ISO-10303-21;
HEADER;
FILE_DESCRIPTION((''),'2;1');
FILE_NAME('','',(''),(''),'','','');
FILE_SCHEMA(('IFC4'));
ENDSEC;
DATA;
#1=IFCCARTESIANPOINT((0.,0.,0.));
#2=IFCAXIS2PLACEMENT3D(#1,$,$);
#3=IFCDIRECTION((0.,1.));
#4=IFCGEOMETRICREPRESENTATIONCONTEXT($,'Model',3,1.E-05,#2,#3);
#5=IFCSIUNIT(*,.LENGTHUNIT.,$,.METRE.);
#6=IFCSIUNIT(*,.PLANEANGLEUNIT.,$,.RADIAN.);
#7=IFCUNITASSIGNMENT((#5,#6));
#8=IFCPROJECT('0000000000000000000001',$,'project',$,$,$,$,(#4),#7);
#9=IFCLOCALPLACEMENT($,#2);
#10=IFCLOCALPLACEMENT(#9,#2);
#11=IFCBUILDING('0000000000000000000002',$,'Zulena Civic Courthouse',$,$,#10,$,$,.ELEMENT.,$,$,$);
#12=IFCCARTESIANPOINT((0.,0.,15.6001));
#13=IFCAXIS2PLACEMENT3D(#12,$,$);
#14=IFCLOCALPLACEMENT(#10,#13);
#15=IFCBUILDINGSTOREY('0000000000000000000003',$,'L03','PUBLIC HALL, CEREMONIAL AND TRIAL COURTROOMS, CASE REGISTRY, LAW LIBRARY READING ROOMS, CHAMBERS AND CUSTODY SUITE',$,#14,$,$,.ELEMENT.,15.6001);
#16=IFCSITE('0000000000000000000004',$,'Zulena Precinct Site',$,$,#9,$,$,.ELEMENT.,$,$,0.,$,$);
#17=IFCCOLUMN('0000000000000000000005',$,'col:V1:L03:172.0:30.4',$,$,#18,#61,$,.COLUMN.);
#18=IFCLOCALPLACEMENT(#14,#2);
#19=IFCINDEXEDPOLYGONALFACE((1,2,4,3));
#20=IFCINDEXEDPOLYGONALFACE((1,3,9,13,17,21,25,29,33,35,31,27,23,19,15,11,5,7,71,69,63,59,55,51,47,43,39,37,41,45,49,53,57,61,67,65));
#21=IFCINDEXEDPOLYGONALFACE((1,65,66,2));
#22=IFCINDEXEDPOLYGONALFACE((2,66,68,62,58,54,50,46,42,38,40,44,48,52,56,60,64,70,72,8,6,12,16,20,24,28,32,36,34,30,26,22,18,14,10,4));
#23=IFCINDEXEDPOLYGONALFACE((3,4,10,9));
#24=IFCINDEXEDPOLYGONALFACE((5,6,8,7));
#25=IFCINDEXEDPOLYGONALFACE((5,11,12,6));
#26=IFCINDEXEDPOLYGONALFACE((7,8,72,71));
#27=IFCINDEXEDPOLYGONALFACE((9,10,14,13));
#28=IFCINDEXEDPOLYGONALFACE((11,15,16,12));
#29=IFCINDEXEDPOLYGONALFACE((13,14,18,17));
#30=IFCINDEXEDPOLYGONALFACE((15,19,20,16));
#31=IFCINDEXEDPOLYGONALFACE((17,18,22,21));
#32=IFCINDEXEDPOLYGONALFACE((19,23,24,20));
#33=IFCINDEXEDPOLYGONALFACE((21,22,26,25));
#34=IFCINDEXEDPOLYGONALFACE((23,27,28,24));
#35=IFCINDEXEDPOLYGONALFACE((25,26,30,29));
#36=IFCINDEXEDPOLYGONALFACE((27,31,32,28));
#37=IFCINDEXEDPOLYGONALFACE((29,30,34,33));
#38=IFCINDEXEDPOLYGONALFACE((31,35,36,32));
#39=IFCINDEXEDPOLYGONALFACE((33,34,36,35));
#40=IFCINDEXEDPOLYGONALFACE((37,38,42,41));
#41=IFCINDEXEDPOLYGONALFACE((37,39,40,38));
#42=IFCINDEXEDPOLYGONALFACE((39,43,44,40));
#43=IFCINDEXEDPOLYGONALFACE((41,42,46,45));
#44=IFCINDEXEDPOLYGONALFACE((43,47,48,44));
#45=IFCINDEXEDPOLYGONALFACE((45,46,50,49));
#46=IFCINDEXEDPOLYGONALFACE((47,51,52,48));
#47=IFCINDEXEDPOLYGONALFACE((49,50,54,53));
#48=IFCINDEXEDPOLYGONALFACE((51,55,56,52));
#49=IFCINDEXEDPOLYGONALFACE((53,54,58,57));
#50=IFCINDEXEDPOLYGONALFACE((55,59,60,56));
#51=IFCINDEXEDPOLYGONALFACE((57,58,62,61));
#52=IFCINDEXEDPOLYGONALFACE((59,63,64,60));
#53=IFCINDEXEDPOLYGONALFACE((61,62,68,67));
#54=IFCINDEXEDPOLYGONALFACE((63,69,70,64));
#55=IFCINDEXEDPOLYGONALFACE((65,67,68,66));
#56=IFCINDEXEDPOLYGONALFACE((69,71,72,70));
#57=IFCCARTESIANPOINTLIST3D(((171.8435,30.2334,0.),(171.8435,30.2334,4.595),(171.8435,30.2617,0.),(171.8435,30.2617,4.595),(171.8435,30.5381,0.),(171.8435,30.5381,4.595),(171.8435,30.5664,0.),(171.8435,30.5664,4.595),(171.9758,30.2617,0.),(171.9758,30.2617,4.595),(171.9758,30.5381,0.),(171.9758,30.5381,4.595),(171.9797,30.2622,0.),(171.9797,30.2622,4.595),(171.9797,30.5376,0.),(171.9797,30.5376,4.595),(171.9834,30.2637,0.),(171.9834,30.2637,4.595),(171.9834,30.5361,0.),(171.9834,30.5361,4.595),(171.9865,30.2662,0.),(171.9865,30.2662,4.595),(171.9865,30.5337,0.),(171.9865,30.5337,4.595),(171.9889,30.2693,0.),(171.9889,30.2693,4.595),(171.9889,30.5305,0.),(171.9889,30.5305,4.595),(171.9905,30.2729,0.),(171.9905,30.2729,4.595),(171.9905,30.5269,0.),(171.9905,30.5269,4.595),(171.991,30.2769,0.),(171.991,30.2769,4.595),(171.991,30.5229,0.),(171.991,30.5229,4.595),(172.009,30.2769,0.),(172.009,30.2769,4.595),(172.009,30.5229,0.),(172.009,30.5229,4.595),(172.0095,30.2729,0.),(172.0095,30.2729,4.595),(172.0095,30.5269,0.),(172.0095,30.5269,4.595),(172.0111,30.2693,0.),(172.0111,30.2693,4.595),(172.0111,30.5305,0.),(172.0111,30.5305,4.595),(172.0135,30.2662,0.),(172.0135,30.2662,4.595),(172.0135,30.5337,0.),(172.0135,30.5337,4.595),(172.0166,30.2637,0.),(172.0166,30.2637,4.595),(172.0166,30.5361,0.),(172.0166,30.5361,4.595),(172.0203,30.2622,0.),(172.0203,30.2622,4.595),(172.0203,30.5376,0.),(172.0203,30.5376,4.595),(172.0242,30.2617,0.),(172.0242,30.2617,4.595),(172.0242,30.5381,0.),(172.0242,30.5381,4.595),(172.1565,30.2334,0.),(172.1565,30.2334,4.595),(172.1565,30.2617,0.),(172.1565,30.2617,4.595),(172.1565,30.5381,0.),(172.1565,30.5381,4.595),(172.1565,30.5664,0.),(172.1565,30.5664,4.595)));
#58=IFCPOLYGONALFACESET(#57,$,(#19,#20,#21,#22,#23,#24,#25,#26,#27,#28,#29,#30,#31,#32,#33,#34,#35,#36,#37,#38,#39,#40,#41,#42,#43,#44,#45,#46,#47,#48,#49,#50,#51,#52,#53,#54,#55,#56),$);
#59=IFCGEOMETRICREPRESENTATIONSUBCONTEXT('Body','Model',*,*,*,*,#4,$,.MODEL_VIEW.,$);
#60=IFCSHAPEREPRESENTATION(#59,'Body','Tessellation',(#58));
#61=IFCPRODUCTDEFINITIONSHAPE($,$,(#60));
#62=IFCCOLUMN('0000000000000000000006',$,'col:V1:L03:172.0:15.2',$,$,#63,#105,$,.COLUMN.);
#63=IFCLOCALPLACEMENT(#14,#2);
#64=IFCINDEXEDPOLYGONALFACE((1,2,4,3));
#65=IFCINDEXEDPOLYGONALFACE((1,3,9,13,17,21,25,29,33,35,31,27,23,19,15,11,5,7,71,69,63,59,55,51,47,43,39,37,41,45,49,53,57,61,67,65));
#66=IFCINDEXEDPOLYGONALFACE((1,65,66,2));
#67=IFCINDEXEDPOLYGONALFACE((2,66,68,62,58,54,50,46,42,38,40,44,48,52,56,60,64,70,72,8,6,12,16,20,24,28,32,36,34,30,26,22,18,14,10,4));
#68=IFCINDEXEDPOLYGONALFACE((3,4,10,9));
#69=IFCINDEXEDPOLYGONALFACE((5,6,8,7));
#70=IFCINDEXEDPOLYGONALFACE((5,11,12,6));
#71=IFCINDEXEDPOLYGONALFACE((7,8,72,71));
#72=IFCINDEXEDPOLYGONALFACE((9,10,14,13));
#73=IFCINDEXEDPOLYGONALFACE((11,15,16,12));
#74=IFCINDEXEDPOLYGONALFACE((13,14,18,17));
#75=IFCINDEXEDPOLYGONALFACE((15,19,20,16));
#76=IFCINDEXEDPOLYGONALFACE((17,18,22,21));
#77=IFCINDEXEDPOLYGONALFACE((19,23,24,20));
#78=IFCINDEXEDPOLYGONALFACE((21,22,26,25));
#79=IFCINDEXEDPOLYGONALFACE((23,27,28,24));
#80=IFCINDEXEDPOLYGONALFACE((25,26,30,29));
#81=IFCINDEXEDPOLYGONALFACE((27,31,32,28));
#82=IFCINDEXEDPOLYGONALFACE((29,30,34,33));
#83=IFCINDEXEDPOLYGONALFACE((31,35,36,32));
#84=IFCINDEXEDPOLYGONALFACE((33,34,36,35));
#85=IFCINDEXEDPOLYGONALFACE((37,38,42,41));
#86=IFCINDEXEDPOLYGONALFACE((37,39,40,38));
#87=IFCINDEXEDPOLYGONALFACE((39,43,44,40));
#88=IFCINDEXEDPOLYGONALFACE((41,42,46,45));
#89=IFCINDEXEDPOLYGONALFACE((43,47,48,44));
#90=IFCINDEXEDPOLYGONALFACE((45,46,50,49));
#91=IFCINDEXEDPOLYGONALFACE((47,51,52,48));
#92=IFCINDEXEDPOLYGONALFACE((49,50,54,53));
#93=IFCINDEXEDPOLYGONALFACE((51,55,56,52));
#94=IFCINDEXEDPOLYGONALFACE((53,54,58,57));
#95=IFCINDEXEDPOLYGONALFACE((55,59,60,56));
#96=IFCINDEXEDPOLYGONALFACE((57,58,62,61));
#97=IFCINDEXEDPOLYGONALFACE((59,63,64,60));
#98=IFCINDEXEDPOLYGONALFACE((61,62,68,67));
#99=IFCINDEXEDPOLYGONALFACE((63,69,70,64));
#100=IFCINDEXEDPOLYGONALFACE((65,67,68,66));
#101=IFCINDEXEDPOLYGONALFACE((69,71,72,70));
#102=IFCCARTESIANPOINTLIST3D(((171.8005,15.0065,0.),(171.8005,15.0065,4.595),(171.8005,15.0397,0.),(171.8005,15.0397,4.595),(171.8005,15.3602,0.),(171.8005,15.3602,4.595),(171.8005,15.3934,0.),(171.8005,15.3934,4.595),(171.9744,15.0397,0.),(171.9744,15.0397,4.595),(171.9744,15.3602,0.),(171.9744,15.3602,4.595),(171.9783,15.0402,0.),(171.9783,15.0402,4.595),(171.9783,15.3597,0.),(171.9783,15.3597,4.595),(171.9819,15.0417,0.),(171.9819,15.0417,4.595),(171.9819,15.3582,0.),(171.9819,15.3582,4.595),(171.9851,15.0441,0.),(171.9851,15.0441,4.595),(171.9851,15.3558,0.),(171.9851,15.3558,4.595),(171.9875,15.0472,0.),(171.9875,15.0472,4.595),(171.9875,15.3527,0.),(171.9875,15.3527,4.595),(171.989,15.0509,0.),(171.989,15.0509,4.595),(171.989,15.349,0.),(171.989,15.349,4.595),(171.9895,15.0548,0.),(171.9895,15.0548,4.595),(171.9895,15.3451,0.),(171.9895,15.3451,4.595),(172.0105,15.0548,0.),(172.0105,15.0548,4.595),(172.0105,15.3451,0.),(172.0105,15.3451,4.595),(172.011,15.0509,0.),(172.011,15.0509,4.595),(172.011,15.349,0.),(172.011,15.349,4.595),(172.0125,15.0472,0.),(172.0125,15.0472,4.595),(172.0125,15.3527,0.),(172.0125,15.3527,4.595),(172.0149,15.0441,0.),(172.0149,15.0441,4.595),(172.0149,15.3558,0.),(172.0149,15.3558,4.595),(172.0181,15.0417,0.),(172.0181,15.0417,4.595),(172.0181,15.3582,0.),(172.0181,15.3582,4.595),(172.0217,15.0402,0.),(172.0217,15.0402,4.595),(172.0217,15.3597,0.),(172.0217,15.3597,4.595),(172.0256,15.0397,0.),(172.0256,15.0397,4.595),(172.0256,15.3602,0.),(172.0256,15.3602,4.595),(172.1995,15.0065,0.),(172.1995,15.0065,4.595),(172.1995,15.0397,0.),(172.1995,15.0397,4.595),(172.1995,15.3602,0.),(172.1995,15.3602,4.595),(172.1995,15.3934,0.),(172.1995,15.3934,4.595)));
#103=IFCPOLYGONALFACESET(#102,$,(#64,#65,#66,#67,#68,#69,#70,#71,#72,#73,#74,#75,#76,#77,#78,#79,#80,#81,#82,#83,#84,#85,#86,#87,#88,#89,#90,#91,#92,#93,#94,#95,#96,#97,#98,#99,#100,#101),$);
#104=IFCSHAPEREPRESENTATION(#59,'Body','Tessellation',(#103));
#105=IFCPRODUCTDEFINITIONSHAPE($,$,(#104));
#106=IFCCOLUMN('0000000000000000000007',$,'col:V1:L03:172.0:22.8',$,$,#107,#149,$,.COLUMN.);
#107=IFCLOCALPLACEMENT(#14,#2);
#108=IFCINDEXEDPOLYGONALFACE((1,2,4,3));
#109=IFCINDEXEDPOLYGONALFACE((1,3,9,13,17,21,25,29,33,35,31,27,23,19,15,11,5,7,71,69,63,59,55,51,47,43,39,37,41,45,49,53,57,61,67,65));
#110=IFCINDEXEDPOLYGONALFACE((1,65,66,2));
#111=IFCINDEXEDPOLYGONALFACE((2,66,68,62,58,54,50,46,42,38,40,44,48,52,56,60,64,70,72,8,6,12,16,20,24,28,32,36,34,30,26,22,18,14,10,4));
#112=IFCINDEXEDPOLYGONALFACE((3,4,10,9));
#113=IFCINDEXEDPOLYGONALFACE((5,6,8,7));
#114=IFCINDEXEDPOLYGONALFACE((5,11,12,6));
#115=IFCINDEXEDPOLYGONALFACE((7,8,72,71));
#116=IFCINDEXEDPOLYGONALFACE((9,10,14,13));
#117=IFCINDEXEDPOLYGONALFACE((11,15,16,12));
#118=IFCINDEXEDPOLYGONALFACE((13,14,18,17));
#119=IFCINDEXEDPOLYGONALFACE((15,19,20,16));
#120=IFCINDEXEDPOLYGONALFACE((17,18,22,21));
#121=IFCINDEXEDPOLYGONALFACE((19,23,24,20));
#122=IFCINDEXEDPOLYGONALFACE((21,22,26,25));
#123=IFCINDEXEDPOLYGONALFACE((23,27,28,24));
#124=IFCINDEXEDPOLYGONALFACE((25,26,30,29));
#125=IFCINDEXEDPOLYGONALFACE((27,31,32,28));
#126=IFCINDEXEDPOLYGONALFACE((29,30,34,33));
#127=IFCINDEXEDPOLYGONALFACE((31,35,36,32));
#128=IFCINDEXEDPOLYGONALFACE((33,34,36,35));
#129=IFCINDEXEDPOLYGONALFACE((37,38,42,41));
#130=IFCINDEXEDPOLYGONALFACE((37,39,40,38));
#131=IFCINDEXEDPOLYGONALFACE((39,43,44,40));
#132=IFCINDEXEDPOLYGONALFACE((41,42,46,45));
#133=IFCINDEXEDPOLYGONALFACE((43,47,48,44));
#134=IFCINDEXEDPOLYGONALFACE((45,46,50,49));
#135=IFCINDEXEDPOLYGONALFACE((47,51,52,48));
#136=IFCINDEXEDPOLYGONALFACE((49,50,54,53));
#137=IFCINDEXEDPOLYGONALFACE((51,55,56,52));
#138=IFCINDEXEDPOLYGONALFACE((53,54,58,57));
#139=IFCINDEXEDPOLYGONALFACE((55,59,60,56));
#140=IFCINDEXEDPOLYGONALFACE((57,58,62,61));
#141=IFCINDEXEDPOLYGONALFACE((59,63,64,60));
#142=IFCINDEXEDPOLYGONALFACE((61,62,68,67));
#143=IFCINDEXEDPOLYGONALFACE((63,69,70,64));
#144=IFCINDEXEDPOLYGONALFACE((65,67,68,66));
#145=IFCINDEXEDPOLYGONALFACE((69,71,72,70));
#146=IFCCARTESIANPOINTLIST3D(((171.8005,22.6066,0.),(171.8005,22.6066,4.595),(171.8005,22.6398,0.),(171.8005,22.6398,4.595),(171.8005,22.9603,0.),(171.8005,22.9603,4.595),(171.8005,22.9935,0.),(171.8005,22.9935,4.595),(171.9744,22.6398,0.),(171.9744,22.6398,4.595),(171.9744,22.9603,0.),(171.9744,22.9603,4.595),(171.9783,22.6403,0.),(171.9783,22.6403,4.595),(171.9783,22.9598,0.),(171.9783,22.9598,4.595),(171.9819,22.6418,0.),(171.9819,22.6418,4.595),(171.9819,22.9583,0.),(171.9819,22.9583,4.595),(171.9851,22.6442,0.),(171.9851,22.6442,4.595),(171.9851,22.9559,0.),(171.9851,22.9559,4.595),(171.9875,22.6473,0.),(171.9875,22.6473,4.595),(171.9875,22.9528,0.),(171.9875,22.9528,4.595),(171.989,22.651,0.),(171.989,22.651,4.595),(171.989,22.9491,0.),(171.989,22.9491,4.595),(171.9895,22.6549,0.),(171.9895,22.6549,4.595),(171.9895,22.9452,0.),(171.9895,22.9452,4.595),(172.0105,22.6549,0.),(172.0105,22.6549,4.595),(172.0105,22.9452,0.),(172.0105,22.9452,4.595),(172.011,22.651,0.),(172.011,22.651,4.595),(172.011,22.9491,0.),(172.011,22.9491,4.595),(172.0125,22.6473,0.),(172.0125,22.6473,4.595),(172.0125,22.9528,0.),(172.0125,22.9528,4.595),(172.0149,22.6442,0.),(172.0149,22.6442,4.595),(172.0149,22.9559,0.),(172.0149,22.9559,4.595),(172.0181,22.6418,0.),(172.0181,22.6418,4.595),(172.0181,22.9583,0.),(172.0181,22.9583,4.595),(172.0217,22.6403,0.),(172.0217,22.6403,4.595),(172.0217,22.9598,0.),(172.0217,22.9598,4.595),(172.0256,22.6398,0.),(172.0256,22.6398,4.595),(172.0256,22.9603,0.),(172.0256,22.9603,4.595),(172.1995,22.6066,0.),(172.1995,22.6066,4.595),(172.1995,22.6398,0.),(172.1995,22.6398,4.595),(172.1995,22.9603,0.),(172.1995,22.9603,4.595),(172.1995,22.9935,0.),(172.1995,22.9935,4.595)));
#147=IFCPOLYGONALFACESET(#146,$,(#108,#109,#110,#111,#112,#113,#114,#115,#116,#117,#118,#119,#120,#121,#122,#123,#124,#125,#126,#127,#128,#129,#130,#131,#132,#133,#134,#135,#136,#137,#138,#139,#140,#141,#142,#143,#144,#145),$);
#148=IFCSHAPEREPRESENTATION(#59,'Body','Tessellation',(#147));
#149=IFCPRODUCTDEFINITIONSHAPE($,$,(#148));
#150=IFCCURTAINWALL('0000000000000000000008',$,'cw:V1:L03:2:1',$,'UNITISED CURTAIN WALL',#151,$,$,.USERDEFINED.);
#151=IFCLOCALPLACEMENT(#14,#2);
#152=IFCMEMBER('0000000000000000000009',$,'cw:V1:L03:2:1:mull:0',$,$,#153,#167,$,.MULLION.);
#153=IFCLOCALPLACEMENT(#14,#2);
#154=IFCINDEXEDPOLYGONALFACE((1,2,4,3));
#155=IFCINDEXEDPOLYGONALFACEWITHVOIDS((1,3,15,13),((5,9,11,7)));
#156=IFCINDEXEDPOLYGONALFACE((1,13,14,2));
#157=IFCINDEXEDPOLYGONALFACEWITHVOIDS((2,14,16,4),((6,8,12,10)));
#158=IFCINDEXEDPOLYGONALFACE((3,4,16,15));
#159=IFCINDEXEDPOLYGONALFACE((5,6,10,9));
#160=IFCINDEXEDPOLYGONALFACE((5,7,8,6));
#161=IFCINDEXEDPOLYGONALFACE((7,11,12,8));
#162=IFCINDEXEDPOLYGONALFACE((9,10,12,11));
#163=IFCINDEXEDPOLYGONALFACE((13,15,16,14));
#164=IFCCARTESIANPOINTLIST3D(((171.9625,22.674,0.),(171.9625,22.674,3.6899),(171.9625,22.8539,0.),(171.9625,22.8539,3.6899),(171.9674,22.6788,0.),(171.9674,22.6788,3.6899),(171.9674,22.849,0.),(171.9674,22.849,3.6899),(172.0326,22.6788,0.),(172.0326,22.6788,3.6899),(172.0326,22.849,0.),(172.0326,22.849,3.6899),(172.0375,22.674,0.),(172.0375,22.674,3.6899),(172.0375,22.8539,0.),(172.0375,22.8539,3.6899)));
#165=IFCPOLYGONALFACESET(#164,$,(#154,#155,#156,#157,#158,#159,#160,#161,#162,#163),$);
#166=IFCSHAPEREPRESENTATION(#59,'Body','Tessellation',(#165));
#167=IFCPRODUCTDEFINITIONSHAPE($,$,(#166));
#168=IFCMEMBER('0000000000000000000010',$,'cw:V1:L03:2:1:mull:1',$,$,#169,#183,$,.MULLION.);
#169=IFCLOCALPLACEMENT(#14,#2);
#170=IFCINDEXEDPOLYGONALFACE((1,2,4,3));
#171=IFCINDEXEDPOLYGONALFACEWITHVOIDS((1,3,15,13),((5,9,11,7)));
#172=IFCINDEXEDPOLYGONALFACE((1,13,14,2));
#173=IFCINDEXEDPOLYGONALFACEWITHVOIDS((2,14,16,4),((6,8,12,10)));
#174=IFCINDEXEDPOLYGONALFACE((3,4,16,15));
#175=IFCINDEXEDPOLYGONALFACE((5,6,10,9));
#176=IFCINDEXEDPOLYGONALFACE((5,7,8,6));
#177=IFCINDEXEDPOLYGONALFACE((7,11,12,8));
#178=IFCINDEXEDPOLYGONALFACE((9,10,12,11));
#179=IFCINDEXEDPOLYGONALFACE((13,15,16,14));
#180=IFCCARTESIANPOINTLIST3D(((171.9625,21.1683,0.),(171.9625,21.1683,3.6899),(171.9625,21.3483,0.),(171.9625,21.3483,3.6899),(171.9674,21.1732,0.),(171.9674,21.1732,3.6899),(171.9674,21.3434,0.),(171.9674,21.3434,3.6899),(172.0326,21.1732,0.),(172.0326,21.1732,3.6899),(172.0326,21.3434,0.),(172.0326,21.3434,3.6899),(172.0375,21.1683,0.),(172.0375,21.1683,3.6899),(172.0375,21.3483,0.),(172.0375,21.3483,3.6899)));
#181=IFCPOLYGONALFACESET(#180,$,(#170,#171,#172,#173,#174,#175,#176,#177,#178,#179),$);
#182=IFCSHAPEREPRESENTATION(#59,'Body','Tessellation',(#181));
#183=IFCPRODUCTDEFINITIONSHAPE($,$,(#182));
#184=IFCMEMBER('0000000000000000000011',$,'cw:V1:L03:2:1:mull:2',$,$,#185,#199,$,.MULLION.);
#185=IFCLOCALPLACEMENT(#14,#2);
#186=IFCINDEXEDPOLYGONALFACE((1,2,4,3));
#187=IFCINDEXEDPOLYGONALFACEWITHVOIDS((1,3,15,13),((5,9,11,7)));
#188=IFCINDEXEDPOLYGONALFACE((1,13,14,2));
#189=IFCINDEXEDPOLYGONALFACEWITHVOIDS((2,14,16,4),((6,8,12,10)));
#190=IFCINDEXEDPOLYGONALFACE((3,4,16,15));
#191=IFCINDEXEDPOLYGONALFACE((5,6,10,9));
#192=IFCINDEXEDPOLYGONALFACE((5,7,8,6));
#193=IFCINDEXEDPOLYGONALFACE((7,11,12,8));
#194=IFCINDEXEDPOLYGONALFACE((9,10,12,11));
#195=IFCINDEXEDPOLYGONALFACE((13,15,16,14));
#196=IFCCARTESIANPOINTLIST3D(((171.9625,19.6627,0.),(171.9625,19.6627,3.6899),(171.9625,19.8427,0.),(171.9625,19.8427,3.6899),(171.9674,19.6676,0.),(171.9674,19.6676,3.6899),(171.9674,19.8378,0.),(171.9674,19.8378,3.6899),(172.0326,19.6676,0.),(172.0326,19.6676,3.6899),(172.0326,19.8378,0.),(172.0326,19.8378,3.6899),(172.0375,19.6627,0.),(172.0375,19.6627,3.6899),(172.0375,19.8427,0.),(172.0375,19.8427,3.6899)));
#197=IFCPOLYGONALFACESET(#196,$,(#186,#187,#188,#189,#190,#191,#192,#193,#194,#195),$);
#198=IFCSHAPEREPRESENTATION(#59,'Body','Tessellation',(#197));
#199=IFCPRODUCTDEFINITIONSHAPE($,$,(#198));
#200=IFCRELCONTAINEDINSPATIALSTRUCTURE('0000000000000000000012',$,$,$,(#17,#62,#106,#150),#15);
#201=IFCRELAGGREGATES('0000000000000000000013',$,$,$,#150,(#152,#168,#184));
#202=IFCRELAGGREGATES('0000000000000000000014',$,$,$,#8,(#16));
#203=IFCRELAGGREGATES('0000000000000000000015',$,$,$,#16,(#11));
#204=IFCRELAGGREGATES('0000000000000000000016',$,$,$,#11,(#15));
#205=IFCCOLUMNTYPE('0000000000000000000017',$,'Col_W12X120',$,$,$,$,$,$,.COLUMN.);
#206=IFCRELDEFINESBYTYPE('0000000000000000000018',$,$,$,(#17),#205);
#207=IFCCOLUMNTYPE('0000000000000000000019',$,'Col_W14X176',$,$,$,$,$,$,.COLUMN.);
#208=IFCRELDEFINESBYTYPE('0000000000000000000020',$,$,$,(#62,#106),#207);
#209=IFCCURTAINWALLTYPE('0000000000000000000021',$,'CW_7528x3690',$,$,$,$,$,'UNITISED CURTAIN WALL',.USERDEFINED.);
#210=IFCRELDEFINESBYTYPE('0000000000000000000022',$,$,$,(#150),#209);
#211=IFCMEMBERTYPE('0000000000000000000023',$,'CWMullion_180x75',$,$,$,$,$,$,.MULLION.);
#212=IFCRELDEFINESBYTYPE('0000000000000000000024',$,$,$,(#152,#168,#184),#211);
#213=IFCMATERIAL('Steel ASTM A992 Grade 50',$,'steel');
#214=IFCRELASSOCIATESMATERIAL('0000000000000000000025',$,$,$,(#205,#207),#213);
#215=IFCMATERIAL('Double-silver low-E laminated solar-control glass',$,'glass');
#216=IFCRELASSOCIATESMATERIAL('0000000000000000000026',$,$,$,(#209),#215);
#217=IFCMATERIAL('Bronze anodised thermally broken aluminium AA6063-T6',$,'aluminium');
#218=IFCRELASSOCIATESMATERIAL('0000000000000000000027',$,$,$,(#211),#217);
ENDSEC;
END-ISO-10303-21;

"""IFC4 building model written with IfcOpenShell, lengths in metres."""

from ifc_helpers import new_model, si_unit, direction, frame, origin, origin_2d, place, context, subcontext, project, spatial, hollow_rectangle, i_section, extrude, material, material_profile, profile_set, type_object, element, aggregate, save


model = new_model("IFC4")

# Units and contexts
model_context = context("Model", 3, precision=1e-05, world=origin(), true_north=direction((0.0, 1.0)))
body_context = subcontext(model_context, "Body", "Model", "MODEL_VIEW")
ifc_project = project(units=[si_unit("LENGTHUNIT", "METRE"), si_unit("PLANEANGLEUNIT", "RADIAN")], contexts=[model_context])

# Site, building, storey
site_placement = place(None, origin())
site = spatial("IfcSite", under=ifc_project, at=site_placement, Name="Zulena Precinct Site", CompositionType="ELEMENT", RefElevation=0.0)
building_placement = place(site_placement, origin())
building = spatial("IfcBuilding", under=site, at=building_placement, Name="Zulena Civic Courthouse", CompositionType="ELEMENT")
storey_placement = place(building_placement, frame((0.0, 0.0, 15.6001)))
storey = spatial("IfcBuildingStorey", under=building, at=storey_placement, Name="L03", Description="PUBLIC HALL, CEREMONIAL AND TRIAL COURTROOMS, CASE REGISTRY, LAW LIBRARY READING ROOMS, CHAMBERS AND CUSTODY SUITE", CompositionType="ELEMENT", Elevation=15.6001)

# Columns
ifc_material_1 = material(Name="Steel ASTM A992 Grade 50", Category="steel")
ifc_material_profile_1 = material_profile(ifc_material_1, i_section(OverallWidth=0.313, OverallDepth=0.333, WebThickness=0.0181, FlangeThickness=0.0283, FilletRadius=0.0151, at=origin_2d()), Name="W12X120")
ifc_profile_set_1 = profile_set([ifc_material_profile_1], Name="Steel ASTM A992 Grade 50")
column_type_1 = type_object("IfcColumnType", Name="Col_W12X120", PredefinedType="COLUMN", material=ifc_profile_set_1)
column_placement = place(storey_placement, frame((172.0, 30.3999, 0.0), z_axis=(0.0, 0.0, 1.0), x_axis=(1.0, 0.0, 0.0)))
element("IfcColumn", 1, at=column_placement, inside=storey, type_object=column_type_1, Name="col:V1:L03:172.0:30.4", PredefinedType="COLUMN", context=body_context, shape_type="SweptSolid", body=[
    extrude(i_section(OverallWidth=0.313, OverallDepth=0.333, WebThickness=0.0181, FlangeThickness=0.0283, FilletRadius=0.0151, at=origin_2d()), origin(), (0.0, 0.0, 1.0), 4.595),
])
ifc_material_profile_2 = material_profile(ifc_material_1, i_section(OverallWidth=0.3989, OverallDepth=0.387, WebThickness=0.021, FlangeThickness=0.0332, FilletRadius=0.0151, at=origin_2d()), Name="W14X176")
ifc_profile_set_2 = profile_set([ifc_material_profile_2], Name="Steel ASTM A992 Grade 50")
column_type_2 = type_object("IfcColumnType", Name="Col_W14X176", PredefinedType="COLUMN", material=ifc_profile_set_2)
for number, where, z_axis, x_axis, name in (
    (2, (172.0, 15.2, 0.0), (0.0, 0.0, 1.0), (1.0, 0.0, 0.0), "col:V1:L03:172.0:15.2"),
    (3, (172.0, 22.8, 0.0), (0.0, 0.0, 1.0), (1.0, 0.0, 0.0), "col:V1:L03:172.0:22.8"),
):
    element("IfcColumn", number, at=place(storey_placement, frame(where, z_axis=z_axis, x_axis=x_axis)), inside=storey, type_object=column_type_2, Name=name, PredefinedType="COLUMN", context=body_context, shape_type="SweptSolid", body=[
        extrude(i_section(OverallWidth=0.3989, OverallDepth=0.387, WebThickness=0.021, FlangeThickness=0.0332, FilletRadius=0.0151, at=origin_2d()), origin(), (0.0, 0.0, 1.0), 4.595),
    ])

# Curtain wall, members
ifc_material_2 = material(Name="Double-silver low-E laminated solar-control glass", Category="glass")
curtain_wall_type = type_object("IfcCurtainWallType", Name="CW_7528x3690", ElementType="UNITISED CURTAIN WALL", PredefinedType="USERDEFINED", material=ifc_material_2)
curtain_wall_placement = place(storey_placement, origin())
curtain_wall = element("IfcCurtainWall", 4, at=curtain_wall_placement, inside=storey, type_object=curtain_wall_type, Name="cw:V1:L03:2:1", ObjectType="UNITISED CURTAIN WALL", PredefinedType="USERDEFINED")
ifc_material_3 = material(Name="Bronze anodised thermally broken aluminium AA6063-T6", Category="aluminium")
ifc_material_profile_3 = material_profile(ifc_material_3, hollow_rectangle(XDim=0.075, YDim=0.1799, WallThickness=0.0049, at=origin_2d()), Name="CWM180X75X5")
ifc_profile_set_3 = profile_set([ifc_material_profile_3], Name="Bronze anodised thermally broken aluminium AA6063-T6")
member_type_1 = type_object("IfcMemberType", Name="CWMullion_180x75", PredefinedType="MULLION", material=ifc_profile_set_3)
member_1_placement = place(storey_placement, frame((172.0, 22.7639, 0.0), z_axis=(0.0, 0.0, 1.0), x_axis=(1.0, 0.0, 0.0)))
member_1 = element("IfcMember", 5, at=member_1_placement, type_object=member_type_1, Name="cw:V1:L03:2:1:mull:0", PredefinedType="MULLION", context=body_context, shape_type="SweptSolid", body=[
    extrude(hollow_rectangle(XDim=0.075, YDim=0.1799, WallThickness=0.0049, at=origin_2d()), origin(), (0.0, 0.0, 1.0), 3.6899),
])
member_2_placement = place(storey_placement, frame((172.0, 21.2583, 0.0), z_axis=(0.0, 0.0, 1.0), x_axis=(1.0, 0.0, 0.0)))
member_2 = element("IfcMember", 6, at=member_2_placement, type_object=member_type_1, Name="cw:V1:L03:2:1:mull:1", PredefinedType="MULLION", context=body_context, shape_type="SweptSolid", body=[
    extrude(hollow_rectangle(XDim=0.075, YDim=0.1799, WallThickness=0.0049, at=origin_2d()), origin(), (0.0, 0.0, 1.0), 3.6899),
])
member_3_placement = place(storey_placement, frame((172.0, 19.7527, 0.0), z_axis=(0.0, 0.0, 1.0), x_axis=(1.0, 0.0, 0.0)))
member_3 = element("IfcMember", 7, at=member_3_placement, type_object=member_type_1, Name="cw:V1:L03:2:1:mull:2", PredefinedType="MULLION", context=body_context, shape_type="SweptSolid", body=[
    extrude(hollow_rectangle(XDim=0.075, YDim=0.1799, WallThickness=0.0049, at=origin_2d()), origin(), (0.0, 0.0, 1.0), 3.6899),
])

aggregate(curtain_wall, [member_1, member_2, member_3])

save(model, "model.ifc")
